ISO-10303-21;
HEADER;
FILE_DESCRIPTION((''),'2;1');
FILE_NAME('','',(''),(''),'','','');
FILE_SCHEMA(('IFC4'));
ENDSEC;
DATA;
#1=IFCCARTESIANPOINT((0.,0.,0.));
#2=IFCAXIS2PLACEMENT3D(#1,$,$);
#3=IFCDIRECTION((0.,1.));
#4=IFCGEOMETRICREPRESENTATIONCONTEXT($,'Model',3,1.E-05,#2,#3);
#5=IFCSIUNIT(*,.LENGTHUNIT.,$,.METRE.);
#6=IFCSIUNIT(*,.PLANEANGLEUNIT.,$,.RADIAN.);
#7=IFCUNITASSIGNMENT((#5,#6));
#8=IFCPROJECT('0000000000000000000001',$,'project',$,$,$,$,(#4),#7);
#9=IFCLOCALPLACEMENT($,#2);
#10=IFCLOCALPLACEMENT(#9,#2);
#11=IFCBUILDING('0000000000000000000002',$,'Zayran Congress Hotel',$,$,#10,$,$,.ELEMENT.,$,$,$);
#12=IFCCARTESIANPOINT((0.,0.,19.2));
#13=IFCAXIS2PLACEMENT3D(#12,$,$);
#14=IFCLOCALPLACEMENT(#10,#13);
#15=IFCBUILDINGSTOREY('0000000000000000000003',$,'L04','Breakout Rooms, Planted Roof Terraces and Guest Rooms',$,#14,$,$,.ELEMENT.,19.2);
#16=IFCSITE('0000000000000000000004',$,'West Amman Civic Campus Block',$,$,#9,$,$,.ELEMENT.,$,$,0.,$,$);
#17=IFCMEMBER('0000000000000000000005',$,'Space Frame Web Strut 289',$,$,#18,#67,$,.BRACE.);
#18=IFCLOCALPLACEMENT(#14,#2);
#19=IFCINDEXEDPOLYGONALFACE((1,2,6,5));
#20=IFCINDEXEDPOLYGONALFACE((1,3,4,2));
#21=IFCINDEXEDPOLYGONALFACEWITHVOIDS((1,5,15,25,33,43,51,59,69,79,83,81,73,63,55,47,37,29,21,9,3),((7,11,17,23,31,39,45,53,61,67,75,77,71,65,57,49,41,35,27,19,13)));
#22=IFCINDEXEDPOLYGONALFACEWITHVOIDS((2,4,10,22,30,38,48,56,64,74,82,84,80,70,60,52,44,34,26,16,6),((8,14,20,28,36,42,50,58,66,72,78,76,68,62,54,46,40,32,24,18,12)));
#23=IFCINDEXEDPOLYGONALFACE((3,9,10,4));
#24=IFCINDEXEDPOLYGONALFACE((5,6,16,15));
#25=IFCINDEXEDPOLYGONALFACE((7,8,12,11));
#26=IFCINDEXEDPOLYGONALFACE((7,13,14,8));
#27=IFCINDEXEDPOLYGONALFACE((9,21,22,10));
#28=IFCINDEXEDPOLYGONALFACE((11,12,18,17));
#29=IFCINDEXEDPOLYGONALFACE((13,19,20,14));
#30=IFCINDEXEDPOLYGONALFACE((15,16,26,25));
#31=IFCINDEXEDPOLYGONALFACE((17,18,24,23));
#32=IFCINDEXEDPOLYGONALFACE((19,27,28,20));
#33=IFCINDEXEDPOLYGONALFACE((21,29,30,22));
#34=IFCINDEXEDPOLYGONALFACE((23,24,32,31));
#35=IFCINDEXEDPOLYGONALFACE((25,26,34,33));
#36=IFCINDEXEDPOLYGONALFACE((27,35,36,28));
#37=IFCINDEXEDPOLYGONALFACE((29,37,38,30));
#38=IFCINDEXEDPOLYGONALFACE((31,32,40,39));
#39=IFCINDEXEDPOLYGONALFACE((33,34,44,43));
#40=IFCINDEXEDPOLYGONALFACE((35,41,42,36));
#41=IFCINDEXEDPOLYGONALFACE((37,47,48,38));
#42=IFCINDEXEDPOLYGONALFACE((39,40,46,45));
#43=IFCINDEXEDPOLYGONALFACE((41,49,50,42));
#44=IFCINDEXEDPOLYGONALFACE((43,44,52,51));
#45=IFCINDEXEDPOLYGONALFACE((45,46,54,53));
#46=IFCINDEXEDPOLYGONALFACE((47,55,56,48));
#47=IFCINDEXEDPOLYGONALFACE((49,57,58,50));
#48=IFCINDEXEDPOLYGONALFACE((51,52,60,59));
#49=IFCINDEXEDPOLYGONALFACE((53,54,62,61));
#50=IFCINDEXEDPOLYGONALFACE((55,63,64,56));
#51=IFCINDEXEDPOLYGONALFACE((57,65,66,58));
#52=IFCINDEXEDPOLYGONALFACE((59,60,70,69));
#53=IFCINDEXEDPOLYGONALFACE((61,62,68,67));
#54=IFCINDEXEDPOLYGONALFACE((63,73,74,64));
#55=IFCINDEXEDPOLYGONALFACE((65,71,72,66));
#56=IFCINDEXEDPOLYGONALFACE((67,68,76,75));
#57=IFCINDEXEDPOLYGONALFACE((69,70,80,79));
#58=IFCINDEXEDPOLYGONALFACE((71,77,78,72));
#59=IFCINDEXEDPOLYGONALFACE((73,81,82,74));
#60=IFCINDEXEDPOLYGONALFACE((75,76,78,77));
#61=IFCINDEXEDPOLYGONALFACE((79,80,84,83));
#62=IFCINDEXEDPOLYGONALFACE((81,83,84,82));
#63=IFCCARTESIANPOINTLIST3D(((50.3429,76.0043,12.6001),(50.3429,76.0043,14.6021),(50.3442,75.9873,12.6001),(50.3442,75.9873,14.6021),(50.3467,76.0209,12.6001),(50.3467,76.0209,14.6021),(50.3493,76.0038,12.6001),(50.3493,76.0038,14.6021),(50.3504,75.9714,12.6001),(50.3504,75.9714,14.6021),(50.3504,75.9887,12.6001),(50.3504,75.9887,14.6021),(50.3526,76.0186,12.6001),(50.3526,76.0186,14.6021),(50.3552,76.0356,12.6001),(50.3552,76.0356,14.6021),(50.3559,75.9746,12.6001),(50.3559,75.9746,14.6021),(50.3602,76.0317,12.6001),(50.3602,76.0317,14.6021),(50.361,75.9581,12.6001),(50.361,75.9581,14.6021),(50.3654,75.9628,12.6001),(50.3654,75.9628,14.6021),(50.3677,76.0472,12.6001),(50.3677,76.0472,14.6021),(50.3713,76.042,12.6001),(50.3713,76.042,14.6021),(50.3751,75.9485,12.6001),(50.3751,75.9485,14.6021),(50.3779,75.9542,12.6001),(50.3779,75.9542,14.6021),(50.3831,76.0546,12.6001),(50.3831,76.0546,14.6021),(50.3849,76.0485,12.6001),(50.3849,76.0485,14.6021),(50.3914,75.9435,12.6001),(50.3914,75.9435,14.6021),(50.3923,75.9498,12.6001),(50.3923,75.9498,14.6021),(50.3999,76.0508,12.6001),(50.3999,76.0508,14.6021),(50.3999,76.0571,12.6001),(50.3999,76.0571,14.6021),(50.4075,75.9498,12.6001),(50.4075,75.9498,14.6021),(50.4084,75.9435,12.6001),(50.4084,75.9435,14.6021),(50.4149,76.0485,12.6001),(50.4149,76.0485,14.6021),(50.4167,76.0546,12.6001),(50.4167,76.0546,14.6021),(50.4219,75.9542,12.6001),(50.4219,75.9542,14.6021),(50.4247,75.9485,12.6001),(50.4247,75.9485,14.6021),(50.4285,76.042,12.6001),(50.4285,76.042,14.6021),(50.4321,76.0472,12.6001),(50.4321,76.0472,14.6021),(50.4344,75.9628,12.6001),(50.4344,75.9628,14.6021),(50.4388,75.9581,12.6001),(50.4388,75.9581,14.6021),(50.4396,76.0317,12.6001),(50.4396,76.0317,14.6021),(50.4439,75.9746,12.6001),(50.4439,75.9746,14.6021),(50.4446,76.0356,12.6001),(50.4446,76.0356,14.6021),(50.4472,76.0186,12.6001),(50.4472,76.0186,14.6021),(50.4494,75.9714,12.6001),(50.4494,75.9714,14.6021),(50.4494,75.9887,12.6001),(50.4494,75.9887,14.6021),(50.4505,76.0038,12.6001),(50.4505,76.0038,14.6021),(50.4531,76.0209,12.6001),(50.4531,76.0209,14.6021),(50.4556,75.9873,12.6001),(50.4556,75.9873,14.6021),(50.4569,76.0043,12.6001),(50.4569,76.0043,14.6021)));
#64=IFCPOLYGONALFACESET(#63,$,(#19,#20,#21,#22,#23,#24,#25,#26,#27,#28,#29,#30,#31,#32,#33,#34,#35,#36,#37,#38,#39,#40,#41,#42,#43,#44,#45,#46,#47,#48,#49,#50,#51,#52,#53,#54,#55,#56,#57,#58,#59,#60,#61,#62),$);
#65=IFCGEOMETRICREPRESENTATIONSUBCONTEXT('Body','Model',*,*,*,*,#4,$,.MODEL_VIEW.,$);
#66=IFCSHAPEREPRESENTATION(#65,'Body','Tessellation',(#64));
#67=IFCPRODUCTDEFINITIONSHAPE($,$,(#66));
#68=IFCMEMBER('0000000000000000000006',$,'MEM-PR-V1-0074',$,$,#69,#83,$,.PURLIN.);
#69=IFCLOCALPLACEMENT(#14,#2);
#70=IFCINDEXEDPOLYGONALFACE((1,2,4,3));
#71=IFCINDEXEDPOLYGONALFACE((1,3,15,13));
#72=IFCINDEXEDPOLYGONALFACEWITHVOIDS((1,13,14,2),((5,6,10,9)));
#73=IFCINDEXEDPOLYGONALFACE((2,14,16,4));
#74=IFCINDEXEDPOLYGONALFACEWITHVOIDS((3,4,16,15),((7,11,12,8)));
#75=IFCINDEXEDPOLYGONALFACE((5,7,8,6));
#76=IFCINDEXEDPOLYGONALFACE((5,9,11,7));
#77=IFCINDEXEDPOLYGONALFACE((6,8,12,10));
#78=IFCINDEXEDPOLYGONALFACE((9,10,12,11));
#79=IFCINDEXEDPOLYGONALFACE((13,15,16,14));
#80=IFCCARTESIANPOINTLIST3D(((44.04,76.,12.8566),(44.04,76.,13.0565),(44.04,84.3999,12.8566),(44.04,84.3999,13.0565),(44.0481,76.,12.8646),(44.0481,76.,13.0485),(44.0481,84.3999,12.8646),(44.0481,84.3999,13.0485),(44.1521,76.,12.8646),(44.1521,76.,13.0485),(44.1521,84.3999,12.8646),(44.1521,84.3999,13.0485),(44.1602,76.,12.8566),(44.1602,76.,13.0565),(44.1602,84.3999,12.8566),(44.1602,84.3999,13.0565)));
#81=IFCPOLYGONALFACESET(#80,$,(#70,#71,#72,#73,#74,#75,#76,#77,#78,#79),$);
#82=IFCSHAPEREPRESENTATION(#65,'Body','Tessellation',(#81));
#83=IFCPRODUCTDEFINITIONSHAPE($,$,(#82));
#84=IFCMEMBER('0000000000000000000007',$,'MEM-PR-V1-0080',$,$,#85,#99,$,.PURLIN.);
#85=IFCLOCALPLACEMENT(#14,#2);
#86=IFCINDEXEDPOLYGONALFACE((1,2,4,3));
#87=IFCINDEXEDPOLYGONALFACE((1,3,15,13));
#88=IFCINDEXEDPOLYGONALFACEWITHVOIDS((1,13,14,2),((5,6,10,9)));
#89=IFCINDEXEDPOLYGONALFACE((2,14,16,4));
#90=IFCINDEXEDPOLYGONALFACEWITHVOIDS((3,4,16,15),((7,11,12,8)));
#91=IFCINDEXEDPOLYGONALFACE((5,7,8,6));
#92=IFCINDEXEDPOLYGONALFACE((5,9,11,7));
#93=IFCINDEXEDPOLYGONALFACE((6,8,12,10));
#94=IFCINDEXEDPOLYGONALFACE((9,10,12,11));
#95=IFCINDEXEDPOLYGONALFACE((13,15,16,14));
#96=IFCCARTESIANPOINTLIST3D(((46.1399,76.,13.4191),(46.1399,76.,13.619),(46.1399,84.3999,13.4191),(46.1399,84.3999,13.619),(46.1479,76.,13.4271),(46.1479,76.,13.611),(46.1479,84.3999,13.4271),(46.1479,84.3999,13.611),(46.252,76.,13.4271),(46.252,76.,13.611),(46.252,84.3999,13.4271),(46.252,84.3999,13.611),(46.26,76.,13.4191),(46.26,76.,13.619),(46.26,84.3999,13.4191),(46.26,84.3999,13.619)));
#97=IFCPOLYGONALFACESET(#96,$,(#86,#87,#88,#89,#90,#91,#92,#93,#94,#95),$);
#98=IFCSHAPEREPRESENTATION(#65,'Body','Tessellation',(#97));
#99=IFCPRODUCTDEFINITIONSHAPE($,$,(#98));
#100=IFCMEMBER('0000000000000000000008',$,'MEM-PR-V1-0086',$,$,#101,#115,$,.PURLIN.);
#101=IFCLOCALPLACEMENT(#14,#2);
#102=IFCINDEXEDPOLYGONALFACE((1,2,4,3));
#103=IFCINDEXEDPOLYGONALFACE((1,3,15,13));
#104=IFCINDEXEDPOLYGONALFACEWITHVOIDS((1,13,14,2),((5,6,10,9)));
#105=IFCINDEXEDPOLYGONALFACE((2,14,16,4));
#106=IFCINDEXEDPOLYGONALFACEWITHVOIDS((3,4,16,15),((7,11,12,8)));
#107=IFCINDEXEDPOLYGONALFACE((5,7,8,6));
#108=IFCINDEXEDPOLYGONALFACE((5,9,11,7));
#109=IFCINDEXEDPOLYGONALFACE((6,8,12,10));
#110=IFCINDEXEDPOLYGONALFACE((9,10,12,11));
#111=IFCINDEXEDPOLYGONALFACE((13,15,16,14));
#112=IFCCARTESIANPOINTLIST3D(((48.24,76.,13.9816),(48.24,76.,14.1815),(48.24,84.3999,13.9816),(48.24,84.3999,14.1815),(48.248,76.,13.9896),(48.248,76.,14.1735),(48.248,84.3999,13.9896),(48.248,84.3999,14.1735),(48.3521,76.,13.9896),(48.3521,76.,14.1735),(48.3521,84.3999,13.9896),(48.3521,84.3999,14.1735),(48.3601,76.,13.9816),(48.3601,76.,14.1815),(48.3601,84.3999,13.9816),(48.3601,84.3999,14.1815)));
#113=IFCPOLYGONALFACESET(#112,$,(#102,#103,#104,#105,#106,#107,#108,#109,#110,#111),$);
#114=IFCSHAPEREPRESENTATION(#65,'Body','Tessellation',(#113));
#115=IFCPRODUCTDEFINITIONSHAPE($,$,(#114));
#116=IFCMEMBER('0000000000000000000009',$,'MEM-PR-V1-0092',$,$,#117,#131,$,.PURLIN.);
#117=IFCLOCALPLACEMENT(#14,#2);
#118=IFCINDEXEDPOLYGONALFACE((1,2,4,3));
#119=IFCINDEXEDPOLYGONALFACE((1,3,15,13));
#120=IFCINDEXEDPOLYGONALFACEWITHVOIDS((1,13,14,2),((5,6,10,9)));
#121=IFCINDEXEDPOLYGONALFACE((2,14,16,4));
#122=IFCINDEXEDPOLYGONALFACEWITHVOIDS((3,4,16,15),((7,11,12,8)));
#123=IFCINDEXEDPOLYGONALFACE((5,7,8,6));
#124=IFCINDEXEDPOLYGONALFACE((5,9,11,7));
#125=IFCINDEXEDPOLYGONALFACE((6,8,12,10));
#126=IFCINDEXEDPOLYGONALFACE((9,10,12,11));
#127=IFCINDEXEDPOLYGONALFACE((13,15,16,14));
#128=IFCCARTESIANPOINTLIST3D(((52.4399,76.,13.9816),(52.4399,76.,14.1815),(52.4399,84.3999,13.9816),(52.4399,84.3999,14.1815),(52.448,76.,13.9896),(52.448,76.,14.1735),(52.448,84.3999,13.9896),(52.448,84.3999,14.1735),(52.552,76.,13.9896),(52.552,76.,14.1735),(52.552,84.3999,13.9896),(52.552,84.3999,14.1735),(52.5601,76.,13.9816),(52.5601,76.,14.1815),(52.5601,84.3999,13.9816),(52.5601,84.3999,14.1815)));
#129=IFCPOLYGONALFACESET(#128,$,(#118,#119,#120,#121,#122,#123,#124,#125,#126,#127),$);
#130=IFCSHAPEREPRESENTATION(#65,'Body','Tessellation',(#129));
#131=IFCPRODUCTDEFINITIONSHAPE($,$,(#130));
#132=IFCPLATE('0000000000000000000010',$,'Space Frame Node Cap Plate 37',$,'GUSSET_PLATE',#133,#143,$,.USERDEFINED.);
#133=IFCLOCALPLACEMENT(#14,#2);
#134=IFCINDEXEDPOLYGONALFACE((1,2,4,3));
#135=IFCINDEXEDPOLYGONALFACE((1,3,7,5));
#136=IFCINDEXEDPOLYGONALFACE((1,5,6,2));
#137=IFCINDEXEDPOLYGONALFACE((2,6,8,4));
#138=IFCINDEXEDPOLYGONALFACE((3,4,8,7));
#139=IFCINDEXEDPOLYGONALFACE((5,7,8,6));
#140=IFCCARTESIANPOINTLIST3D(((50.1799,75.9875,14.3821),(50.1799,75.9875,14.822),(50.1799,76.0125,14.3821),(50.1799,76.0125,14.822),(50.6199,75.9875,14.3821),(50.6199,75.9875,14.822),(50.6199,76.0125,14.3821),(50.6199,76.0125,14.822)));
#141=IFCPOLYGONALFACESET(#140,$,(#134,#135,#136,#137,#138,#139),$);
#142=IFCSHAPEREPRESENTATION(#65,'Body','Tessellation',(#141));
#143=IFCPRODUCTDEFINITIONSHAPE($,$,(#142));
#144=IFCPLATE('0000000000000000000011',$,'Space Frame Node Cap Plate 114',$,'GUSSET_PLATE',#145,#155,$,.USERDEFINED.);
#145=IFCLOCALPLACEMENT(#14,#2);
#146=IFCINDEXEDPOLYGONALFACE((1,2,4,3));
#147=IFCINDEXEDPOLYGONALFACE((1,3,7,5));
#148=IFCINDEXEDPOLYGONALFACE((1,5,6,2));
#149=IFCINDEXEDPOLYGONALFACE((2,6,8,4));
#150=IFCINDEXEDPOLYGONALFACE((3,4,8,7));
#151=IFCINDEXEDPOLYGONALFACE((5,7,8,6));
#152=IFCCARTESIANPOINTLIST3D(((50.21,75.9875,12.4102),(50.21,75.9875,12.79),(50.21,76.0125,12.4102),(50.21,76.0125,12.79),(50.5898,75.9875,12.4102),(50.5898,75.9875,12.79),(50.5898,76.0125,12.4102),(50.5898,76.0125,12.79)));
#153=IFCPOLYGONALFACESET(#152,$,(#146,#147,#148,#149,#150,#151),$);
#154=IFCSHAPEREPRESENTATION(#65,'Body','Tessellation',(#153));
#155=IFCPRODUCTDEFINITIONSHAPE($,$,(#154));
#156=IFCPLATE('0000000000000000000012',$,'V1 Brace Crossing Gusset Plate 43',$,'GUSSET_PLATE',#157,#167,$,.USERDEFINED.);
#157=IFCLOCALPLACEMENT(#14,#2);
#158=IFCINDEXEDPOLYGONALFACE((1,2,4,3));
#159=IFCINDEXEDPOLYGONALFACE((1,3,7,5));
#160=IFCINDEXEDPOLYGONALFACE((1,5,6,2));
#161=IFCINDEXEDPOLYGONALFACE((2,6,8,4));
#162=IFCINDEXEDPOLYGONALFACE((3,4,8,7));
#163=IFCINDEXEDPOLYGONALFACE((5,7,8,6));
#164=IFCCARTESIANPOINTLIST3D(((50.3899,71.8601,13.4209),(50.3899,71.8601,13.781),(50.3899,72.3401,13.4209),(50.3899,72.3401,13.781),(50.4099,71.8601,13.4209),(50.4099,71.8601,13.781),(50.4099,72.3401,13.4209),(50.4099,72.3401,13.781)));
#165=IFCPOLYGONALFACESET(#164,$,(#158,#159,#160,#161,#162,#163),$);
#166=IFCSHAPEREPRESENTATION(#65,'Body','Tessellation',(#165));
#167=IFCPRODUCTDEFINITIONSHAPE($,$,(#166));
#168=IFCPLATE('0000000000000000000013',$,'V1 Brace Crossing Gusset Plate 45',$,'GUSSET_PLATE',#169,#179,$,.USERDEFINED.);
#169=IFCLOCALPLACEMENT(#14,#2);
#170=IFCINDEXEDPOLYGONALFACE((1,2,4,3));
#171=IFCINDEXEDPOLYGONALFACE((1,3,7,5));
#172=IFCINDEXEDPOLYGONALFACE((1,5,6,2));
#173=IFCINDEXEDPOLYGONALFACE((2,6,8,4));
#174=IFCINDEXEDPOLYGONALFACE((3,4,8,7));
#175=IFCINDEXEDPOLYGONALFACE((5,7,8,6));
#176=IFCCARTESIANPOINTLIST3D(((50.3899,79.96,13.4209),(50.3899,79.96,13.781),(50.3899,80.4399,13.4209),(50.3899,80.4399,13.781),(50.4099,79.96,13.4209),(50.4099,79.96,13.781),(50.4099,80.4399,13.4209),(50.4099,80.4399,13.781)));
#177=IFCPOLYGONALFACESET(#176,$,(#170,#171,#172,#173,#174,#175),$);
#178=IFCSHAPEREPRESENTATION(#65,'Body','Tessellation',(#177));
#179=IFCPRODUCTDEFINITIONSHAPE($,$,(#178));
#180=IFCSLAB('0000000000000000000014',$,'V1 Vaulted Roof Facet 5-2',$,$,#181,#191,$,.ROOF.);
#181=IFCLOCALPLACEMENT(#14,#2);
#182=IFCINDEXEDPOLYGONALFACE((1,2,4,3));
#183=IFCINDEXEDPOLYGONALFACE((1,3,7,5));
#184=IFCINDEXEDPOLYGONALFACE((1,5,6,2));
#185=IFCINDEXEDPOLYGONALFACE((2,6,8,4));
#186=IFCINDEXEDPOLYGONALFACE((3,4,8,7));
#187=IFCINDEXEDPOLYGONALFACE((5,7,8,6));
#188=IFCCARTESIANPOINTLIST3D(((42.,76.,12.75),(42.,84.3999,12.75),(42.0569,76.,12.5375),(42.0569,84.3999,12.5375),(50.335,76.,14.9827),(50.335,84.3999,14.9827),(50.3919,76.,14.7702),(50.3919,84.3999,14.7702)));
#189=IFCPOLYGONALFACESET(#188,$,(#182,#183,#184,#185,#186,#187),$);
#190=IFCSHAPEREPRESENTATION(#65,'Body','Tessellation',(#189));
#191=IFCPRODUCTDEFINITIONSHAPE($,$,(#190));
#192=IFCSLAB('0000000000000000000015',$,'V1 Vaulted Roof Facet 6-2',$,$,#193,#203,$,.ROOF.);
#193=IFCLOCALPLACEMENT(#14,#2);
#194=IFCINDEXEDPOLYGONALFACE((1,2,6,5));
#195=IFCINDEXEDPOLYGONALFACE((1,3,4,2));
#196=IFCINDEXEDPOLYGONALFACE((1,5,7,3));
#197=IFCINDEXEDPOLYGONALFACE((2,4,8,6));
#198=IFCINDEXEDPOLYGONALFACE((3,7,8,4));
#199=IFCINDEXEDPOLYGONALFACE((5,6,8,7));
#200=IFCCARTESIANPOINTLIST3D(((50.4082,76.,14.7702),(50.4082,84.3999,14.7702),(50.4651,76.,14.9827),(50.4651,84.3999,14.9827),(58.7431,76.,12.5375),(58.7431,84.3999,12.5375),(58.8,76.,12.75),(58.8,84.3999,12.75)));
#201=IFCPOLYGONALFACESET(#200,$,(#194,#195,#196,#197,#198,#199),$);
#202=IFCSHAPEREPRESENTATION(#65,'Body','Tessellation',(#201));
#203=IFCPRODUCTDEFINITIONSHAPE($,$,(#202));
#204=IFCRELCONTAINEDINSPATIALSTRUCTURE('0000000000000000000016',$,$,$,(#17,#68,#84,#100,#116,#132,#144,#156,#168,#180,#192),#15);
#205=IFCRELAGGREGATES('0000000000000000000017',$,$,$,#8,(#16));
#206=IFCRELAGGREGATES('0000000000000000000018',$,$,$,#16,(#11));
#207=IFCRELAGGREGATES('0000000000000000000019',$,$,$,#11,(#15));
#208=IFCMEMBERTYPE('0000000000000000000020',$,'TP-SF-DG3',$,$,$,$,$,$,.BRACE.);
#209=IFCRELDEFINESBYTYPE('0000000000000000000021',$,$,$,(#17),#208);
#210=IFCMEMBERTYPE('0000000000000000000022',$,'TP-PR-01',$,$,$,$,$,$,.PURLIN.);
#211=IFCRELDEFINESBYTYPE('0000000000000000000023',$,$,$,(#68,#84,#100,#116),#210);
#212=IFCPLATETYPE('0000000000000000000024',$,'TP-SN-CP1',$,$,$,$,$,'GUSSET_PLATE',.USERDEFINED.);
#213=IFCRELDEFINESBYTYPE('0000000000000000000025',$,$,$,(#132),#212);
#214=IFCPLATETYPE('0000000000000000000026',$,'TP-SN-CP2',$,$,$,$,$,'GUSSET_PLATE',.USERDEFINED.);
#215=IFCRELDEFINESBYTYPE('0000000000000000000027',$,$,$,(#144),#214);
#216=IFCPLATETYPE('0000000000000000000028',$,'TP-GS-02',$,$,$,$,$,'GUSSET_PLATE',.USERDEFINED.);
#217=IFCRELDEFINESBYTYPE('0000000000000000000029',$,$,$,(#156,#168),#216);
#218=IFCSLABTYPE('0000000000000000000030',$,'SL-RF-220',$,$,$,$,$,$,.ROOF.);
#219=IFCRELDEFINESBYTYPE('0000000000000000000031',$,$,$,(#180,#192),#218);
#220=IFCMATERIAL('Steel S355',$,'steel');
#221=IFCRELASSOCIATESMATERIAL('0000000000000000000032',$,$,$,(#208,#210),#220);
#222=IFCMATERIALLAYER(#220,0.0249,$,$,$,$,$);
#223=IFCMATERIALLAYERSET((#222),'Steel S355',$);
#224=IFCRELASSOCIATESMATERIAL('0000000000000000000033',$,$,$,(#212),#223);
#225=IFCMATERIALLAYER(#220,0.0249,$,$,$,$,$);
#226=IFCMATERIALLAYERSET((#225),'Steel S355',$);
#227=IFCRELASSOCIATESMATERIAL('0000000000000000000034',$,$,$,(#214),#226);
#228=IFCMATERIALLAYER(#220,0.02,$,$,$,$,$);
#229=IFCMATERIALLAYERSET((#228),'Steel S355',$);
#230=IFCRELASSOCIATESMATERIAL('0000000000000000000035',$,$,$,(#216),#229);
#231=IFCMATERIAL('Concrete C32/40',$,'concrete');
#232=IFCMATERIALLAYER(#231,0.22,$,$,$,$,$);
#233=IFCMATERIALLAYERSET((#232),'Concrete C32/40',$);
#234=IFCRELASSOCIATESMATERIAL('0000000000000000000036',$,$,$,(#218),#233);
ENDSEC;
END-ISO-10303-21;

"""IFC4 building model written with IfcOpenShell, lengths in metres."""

from ifc_helpers import new_model, si_unit, direction, frame, origin, origin_2d, place, context, subcontext, project, spatial, polyline, rectangle, hollow_rectangle, hollow_circle, outline, extrude, material, layer, layer_set, material_profile, profile_set, type_object, element, save


model = new_model("IFC4")

# Units and contexts
model_context = context("Model", 3, precision=1e-05, world=origin(), true_north=direction((0.0, 1.0)))
body_context = subcontext(model_context, "Body", "Model", "MODEL_VIEW")
ifc_project = project(units=[si_unit("LENGTHUNIT", "METRE"), si_unit("PLANEANGLEUNIT", "RADIAN")], contexts=[model_context])

# Site, building, storey
site_placement = place(None, origin())
site = spatial("IfcSite", under=ifc_project, at=site_placement, Name="West Amman Civic Campus Block", CompositionType="ELEMENT", RefElevation=0.0)
building_placement = place(site_placement, origin())
building = spatial("IfcBuilding", under=site, at=building_placement, Name="Zayran Congress Hotel", CompositionType="ELEMENT")
storey_placement = place(building_placement, frame((0.0, 0.0, 19.2)))
storey = spatial("IfcBuildingStorey", under=building, at=storey_placement, Name="L04", Description="Breakout Rooms, Planted Roof Terraces and Guest Rooms", CompositionType="ELEMENT", Elevation=19.2)

# Members
ifc_material_1 = material(Name="Steel S355", Category="steel")
ifc_material_profile_1 = material_profile(ifc_material_1, hollow_circle(Radius=0.0571, WallThickness=0.0063, at=origin_2d()), Name="CHS 114.3x6.3")
ifc_profile_set_1 = profile_set([ifc_material_profile_1], Name="Steel S355")
member_type_1 = type_object("IfcMemberType", Name="TP-SF-DG3", PredefinedType="BRACE", material=ifc_profile_set_1)
member_1_placement = place(storey_placement, frame((50.3999, 76.0, 12.6001), z_axis=(0.0, 0.0, 1.0), x_axis=(0.0, 1.0, 0.0)))
element("IfcMember", 1, at=member_1_placement, inside=storey, type_object=member_type_1, Name="Space Frame Web Strut 289", PredefinedType="BRACE", context=body_context, shape_type="SweptSolid", body=[
    extrude(hollow_circle(Radius=0.0571, WallThickness=0.0063, at=origin_2d()), origin(), (0.0, 0.0, 1.0), 2.002),
])
ifc_material_profile_2 = material_profile(ifc_material_1, hollow_rectangle(XDim=0.1201, YDim=0.2, WallThickness=0.0081, at=origin_2d()), Name="RHS 200x120x8")
ifc_profile_set_2 = profile_set([ifc_material_profile_2], Name="Steel S355")
member_type_2 = type_object("IfcMemberType", Name="TP-PR-01", PredefinedType="PURLIN", material=ifc_profile_set_2)
for number, where, z_axis, x_axis, name in (
    (2, (44.1001, 76.0, 12.9565), (0.0, 1.0, 0.0), (-1.0, 0.0, 0.0), "MEM-PR-V1-0074"),
    (3, (46.2, 76.0, 13.519), (0.0, 1.0, 0.0), (-1.0, 0.0, 0.0), "MEM-PR-V1-0080"),
    (4, (48.3, 76.0, 14.0815), (0.0, 1.0, 0.0), (-1.0, 0.0, 0.0), "MEM-PR-V1-0086"),
    (5, (52.5, 76.0, 14.0815), (0.0, 1.0, 0.0), (-1.0, 0.0, 0.0), "MEM-PR-V1-0092"),
):
    element("IfcMember", number, at=place(storey_placement, frame(where, z_axis=z_axis, x_axis=x_axis)), inside=storey, type_object=member_type_2, Name=name, PredefinedType="PURLIN", context=body_context, shape_type="SweptSolid", body=[
        extrude(hollow_rectangle(XDim=0.1201, YDim=0.2, WallThickness=0.0081, at=origin_2d()), origin(), (0.0, 0.0, 1.0), 8.3999),
    ])

# Plates
ifc_layer_1 = layer(ifc_material_1, 0.0249)
ifc_layer_set_1 = layer_set([ifc_layer_1], Name="Steel S355")
plate_type_1 = type_object("IfcPlateType", Name="TP-SN-CP1", ElementType="GUSSET_PLATE", PredefinedType="USERDEFINED", material=ifc_layer_set_1)
plate_1_placement = place(storey_placement, frame((50.3999, 76.0, 14.3821), z_axis=(0.0, 0.0, 1.0), x_axis=(1.0, 0.0, 0.0)))
element("IfcPlate", 6, at=plate_1_placement, inside=storey, type_object=plate_type_1, Name="Space Frame Node Cap Plate 37", ObjectType="GUSSET_PLATE", PredefinedType="USERDEFINED", context=body_context, shape_type="SweptSolid", body=[
    extrude(rectangle(XDim=0.4399, YDim=0.0249, at=origin_2d()), origin(), (0.0, 0.0, 1.0), 0.4399),
])
ifc_layer_2 = layer(ifc_material_1, 0.0249)
ifc_layer_set_2 = layer_set([ifc_layer_2], Name="Steel S355")
plate_type_2 = type_object("IfcPlateType", Name="TP-SN-CP2", ElementType="GUSSET_PLATE", PredefinedType="USERDEFINED", material=ifc_layer_set_2)
plate_2_placement = place(storey_placement, frame((50.3999, 76.0, 12.4102), z_axis=(0.0, 0.0, 1.0), x_axis=(1.0, 0.0, 0.0)))
element("IfcPlate", 7, at=plate_2_placement, inside=storey, type_object=plate_type_2, Name="Space Frame Node Cap Plate 114", ObjectType="GUSSET_PLATE", PredefinedType="USERDEFINED", context=body_context, shape_type="SweptSolid", body=[
    extrude(rectangle(XDim=0.3799, YDim=0.0249, at=origin_2d()), origin(), (0.0, 0.0, 1.0), 0.3799),
])
ifc_layer_3 = layer(ifc_material_1, 0.02)
ifc_layer_set_3 = layer_set([ifc_layer_3], Name="Steel S355")
plate_type_3 = type_object("IfcPlateType", Name="TP-GS-02", ElementType="GUSSET_PLATE", PredefinedType="USERDEFINED", material=ifc_layer_set_3)
for number, where, z_axis, x_axis, name in (
    (8, (50.3999, 72.1001, 13.4209), (0.0, 0.0, 1.0), (0.0, 1.0, 0.0), "V1 Brace Crossing Gusset Plate 43"),
    (9, (50.3999, 80.2, 13.4209), (0.0, 0.0, 1.0), (0.0, 1.0, 0.0), "V1 Brace Crossing Gusset Plate 45"),
):
    element("IfcPlate", number, at=place(storey_placement, frame(where, z_axis=z_axis, x_axis=x_axis)), inside=storey, type_object=plate_type_3, Name=name, ObjectType="GUSSET_PLATE", PredefinedType="USERDEFINED", context=body_context, shape_type="SweptSolid", body=[
        extrude(rectangle(XDim=0.48, YDim=0.02, at=origin_2d()), origin(), (0.0, 0.0, 1.0), 0.3601),
    ])

# Slabs
ifc_material_2 = material(Name="Concrete C32/40", Category="concrete")
ifc_layer_4 = layer(ifc_material_2, 0.22)
ifc_layer_set_4 = layer_set([ifc_layer_4], Name="Concrete C32/40")
slab_type = type_object("IfcSlabType", Name="SL-RF-220", PredefinedType="ROOF", material=ifc_layer_set_4)
for number, where, z_axis, x_axis, name in (
    (10, (42.0, 76.0, 12.75), (-0.258746, 0.0, 0.965946), (0.965946, 0.0, 0.258746), "V1 Vaulted Roof Facet 5-2"),
    (11, (50.4651, 76.0, 14.9827), (0.258746, 0.0, 0.965946), (0.965946, 0.0, -0.258746), "V1 Vaulted Roof Facet 6-2"),
):
    element("IfcSlab", number, at=place(storey_placement, frame(where, z_axis=z_axis, x_axis=x_axis)), inside=storey, type_object=slab_type, Name=name, PredefinedType="ROOF", context=body_context, shape_type="SweptSolid", body=[
        extrude(outline(polyline([(0.0, 0.0), (8.6288, 0.0), (8.6288, 8.3999), (0.0, 8.3999), (0.0, 0.0)])), origin(), (0.0, 0.0, -1.0), 0.22),
    ])

save(model, "model.ifc")
